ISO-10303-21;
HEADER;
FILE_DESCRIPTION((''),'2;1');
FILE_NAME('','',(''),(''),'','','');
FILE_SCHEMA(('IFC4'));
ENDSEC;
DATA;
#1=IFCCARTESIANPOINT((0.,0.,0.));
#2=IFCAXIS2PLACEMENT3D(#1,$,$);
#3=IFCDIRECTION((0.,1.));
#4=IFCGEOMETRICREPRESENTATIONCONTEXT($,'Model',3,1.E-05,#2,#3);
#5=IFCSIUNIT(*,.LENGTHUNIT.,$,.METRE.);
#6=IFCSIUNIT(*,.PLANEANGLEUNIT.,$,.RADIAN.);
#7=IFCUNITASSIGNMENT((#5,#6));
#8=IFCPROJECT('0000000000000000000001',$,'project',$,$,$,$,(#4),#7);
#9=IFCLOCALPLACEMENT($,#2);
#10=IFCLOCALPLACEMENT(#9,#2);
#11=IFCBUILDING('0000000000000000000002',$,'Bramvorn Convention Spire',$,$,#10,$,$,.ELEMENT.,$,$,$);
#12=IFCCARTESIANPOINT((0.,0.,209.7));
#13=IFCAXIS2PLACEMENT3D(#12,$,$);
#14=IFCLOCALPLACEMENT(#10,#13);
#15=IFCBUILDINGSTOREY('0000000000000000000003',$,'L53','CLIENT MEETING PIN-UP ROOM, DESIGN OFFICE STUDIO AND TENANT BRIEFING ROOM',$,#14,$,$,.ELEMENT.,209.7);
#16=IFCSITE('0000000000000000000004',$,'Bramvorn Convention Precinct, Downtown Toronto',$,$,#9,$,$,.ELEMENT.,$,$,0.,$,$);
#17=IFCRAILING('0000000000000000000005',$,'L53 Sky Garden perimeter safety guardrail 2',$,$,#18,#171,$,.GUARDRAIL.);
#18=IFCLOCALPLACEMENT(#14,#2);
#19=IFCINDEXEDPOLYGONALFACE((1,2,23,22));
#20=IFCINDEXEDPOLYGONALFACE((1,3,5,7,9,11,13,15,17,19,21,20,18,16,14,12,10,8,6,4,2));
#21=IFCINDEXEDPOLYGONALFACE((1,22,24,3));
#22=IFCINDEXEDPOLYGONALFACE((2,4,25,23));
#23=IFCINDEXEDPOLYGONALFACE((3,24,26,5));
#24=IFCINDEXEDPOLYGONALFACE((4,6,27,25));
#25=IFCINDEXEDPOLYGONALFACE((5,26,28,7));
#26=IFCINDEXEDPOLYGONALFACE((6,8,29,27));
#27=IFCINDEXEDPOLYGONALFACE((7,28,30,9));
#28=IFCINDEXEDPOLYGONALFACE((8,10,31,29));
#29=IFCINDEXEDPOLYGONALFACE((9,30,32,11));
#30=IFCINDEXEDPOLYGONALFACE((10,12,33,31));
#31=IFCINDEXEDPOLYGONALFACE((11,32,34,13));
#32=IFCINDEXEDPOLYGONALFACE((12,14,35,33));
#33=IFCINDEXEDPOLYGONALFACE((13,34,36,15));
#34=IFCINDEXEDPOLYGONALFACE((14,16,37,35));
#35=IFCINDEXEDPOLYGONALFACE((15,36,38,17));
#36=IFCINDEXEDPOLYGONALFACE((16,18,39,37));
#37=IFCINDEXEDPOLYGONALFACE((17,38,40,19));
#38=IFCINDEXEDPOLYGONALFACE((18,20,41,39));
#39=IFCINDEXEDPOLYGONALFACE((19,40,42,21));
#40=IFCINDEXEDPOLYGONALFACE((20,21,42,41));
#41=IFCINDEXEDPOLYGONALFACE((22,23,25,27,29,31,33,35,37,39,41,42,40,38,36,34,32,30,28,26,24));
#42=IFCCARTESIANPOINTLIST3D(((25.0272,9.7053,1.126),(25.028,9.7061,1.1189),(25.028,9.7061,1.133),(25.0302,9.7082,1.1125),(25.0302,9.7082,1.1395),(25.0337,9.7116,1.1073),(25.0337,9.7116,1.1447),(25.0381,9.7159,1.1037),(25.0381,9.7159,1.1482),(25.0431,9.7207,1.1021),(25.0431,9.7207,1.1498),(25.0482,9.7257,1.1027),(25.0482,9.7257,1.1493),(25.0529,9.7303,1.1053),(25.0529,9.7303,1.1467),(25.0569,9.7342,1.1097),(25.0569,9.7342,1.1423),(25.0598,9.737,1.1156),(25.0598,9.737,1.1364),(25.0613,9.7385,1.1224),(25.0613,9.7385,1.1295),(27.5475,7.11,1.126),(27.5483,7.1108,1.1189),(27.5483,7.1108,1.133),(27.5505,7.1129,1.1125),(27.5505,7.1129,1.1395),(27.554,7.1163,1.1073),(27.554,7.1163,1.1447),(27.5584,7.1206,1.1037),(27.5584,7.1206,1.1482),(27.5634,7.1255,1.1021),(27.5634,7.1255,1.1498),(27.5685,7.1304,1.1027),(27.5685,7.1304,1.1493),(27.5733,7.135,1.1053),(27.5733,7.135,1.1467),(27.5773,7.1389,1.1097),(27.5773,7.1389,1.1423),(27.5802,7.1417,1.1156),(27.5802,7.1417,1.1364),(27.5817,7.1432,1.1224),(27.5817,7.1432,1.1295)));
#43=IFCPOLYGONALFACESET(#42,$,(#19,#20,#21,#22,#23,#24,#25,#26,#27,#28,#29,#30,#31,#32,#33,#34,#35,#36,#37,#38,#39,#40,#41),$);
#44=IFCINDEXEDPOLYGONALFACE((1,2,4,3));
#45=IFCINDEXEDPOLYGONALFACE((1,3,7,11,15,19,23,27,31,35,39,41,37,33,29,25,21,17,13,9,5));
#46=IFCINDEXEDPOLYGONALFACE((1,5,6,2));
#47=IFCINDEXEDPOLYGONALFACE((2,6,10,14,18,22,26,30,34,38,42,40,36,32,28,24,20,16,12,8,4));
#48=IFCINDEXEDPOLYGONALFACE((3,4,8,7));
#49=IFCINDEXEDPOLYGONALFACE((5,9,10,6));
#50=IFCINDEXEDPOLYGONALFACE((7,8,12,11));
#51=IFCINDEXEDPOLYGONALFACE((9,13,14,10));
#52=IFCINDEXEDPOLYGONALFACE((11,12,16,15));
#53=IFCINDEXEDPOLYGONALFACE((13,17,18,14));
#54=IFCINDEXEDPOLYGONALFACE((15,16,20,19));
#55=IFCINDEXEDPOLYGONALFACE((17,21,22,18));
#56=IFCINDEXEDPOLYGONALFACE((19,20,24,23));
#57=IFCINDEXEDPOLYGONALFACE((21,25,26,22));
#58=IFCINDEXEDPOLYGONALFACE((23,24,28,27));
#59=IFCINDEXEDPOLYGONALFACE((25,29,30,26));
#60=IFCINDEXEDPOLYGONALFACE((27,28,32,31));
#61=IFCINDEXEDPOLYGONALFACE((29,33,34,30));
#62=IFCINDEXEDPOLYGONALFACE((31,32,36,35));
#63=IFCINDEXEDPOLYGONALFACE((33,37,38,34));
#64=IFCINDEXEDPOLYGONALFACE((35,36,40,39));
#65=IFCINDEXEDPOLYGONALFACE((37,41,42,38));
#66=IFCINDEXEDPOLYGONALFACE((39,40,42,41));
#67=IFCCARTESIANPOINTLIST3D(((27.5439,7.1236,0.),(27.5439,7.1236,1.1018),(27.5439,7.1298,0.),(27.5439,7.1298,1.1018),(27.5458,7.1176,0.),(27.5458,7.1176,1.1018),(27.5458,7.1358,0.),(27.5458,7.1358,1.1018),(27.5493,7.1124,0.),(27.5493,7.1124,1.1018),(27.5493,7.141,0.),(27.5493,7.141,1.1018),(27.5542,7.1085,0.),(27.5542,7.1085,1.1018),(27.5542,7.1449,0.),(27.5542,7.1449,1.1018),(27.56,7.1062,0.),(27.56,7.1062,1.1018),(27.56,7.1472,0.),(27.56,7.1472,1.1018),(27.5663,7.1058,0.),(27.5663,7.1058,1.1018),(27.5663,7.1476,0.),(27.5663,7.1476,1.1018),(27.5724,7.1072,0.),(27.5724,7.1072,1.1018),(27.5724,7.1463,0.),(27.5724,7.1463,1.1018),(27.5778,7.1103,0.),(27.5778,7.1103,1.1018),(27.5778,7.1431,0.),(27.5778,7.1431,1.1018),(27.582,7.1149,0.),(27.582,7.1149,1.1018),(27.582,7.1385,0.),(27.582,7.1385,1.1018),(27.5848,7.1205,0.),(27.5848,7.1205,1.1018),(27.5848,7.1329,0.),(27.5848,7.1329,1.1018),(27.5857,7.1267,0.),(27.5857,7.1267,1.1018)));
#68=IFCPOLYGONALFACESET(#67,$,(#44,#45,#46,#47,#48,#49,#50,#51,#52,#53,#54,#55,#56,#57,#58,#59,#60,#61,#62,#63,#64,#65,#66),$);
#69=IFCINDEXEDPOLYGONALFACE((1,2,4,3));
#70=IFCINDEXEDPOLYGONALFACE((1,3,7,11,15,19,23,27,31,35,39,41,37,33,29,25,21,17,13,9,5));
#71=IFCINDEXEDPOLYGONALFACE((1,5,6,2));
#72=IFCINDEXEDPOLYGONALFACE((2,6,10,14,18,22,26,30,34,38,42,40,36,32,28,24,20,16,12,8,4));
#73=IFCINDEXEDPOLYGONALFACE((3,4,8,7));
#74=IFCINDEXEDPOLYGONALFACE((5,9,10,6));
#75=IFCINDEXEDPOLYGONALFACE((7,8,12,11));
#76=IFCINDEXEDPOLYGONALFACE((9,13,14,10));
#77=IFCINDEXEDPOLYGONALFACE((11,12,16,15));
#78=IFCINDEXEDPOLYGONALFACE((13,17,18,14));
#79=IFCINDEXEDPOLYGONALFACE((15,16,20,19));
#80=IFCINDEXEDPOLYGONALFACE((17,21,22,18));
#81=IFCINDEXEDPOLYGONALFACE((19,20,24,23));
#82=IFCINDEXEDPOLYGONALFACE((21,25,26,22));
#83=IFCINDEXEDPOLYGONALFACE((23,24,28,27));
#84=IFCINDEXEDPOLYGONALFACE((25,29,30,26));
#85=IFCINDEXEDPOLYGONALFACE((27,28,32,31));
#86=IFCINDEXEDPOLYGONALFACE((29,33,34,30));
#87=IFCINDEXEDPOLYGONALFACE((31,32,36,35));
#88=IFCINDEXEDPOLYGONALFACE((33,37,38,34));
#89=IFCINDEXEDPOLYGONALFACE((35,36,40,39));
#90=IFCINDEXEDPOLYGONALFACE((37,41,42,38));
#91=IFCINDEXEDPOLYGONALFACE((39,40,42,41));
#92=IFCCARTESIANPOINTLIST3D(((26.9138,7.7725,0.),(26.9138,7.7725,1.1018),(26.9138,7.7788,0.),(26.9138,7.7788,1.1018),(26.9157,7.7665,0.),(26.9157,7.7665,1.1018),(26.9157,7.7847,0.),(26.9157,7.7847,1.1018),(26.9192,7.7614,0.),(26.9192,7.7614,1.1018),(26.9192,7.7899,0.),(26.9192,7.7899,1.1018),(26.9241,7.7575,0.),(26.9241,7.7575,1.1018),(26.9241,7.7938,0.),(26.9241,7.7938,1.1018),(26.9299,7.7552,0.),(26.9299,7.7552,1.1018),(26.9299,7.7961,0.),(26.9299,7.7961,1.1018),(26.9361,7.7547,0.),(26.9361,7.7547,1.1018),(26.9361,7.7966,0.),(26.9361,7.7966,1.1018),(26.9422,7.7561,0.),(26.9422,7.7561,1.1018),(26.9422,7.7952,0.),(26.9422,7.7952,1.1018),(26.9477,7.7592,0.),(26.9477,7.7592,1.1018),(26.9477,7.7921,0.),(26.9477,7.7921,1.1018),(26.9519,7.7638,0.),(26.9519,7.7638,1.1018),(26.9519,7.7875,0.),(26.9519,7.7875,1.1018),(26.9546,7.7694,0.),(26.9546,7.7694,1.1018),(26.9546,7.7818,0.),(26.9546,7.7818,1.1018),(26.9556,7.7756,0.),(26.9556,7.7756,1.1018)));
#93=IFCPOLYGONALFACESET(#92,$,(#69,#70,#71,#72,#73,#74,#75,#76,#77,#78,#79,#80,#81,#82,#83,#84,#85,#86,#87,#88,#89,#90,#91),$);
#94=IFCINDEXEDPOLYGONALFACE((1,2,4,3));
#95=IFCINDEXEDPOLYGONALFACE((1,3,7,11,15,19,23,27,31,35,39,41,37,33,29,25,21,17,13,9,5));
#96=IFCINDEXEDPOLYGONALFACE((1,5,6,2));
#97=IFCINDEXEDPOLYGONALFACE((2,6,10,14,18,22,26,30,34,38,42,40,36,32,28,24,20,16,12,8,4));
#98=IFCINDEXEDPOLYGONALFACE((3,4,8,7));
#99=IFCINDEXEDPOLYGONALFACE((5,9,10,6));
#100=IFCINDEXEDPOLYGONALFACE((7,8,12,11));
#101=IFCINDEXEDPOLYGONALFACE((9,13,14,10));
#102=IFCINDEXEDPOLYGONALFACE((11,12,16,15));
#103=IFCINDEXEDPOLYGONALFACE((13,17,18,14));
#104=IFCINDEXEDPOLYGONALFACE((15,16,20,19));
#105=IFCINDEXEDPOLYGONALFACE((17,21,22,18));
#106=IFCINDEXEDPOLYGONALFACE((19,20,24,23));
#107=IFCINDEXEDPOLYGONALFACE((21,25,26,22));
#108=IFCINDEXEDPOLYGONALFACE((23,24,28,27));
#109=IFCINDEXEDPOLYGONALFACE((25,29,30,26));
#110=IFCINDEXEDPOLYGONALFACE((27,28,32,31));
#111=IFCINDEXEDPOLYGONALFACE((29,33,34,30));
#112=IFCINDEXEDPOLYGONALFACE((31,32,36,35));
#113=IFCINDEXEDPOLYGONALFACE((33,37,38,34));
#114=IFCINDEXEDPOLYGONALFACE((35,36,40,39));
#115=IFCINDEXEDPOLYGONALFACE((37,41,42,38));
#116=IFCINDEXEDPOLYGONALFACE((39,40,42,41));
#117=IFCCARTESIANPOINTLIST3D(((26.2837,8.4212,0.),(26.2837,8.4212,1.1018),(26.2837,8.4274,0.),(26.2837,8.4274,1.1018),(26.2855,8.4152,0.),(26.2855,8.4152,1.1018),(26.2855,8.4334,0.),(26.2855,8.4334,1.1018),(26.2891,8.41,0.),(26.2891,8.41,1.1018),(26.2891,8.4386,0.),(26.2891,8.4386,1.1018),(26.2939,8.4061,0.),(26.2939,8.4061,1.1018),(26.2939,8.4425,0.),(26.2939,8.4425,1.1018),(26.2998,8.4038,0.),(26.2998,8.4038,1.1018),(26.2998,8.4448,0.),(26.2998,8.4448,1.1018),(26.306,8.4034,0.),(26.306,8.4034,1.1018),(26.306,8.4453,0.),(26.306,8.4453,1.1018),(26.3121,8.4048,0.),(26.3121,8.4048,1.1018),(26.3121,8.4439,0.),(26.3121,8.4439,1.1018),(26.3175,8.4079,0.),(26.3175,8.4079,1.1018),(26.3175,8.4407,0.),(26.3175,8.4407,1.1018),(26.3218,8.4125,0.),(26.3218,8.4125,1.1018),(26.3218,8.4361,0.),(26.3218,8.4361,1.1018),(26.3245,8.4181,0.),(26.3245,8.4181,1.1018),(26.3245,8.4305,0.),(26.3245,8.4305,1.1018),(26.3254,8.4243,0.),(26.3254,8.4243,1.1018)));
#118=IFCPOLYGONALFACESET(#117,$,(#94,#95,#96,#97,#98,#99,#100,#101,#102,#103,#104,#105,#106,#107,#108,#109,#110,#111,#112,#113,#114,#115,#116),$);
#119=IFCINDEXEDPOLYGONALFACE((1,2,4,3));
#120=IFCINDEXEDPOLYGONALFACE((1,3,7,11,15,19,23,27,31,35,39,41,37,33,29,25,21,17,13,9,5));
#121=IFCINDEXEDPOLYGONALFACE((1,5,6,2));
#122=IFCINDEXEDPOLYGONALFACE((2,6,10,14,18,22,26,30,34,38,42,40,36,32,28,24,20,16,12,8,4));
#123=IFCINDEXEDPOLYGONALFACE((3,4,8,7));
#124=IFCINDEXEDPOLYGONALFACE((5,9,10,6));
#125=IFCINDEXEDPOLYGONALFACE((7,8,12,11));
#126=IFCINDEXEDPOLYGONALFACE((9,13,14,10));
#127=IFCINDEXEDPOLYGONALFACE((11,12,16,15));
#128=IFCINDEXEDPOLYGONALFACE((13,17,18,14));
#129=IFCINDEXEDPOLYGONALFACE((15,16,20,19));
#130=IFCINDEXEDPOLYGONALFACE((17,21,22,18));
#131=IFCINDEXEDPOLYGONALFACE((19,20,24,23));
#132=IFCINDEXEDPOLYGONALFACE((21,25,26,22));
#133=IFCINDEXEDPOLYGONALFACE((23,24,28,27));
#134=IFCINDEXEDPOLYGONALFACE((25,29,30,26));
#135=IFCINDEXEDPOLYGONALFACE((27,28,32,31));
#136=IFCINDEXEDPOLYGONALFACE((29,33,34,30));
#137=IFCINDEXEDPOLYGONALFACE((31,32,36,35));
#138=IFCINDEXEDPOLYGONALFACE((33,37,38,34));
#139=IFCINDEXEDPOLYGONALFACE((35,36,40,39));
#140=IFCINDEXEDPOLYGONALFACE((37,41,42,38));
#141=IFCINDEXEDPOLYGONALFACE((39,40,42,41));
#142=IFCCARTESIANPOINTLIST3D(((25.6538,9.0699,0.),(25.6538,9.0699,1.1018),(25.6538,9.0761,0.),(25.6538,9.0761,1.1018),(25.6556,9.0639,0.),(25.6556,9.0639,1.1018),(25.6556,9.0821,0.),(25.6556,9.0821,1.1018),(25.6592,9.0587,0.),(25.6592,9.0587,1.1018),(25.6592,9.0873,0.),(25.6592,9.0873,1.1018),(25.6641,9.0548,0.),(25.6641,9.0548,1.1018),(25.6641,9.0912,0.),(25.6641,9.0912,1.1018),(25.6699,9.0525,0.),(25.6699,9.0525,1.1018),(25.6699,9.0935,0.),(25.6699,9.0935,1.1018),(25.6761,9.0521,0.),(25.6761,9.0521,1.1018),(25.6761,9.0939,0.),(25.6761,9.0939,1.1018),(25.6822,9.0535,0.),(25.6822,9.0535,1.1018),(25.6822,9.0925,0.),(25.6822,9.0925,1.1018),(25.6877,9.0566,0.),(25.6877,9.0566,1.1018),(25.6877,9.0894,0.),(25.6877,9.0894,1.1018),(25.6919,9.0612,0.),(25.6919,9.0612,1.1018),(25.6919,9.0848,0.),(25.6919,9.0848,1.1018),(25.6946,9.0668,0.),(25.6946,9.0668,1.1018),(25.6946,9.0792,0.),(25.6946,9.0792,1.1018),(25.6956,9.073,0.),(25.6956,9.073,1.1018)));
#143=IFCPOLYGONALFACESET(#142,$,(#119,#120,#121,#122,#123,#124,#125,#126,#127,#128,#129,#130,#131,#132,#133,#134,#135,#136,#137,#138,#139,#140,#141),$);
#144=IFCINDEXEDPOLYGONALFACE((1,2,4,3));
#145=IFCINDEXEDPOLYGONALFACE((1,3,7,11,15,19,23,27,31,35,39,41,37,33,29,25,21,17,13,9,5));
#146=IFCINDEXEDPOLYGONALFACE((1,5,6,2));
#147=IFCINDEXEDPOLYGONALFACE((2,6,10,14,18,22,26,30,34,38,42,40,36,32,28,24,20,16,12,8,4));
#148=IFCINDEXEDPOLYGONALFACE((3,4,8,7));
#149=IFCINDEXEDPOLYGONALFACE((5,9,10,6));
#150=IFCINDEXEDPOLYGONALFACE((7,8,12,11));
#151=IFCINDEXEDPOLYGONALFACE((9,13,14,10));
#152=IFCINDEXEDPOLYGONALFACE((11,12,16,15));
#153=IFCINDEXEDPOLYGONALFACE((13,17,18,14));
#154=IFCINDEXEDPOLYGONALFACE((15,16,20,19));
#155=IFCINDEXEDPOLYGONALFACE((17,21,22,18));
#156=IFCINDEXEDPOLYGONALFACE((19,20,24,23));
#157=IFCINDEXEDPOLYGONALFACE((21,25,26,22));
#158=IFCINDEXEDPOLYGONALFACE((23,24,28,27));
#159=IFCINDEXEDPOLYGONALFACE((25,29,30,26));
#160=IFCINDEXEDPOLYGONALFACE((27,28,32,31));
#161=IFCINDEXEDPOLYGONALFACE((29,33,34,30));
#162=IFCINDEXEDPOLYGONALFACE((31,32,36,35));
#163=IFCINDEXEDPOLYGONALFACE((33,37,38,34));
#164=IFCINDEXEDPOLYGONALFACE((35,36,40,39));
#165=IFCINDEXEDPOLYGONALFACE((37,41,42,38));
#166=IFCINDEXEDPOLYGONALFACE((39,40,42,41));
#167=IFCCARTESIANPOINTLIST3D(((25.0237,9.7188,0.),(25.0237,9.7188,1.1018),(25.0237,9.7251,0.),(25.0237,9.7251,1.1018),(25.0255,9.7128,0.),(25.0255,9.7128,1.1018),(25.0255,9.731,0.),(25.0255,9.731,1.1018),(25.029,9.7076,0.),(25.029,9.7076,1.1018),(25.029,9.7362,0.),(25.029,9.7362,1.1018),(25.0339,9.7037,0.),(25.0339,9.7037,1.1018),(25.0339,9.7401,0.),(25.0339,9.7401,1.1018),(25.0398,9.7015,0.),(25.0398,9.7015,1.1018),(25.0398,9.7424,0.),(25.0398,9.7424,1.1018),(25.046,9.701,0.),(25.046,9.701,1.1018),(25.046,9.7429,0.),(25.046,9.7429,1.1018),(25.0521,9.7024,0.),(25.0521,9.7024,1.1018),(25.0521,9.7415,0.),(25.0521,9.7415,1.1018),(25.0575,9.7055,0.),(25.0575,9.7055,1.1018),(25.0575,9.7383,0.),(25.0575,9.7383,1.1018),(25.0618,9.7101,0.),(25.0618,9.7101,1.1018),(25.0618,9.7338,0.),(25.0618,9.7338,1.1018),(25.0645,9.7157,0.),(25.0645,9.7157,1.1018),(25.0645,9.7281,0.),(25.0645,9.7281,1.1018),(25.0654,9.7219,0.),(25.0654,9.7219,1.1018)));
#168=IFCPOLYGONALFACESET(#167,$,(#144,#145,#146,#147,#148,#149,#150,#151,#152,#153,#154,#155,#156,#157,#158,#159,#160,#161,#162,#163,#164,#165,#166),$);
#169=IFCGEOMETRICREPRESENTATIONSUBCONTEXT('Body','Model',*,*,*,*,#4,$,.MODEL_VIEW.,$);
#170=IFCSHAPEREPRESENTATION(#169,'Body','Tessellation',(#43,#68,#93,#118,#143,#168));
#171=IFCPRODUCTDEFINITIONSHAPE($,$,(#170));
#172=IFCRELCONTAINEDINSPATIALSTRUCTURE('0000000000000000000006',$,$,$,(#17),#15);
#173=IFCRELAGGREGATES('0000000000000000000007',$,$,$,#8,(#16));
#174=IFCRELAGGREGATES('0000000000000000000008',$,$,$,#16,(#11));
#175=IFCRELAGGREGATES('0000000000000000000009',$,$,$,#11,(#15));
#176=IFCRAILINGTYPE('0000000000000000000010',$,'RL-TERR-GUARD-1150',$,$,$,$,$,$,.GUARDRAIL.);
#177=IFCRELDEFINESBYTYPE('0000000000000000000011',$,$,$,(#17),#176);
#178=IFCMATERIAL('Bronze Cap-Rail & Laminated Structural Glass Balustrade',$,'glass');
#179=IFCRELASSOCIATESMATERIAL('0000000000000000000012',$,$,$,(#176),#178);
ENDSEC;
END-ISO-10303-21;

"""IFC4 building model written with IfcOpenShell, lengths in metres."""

from ifc_helpers import new_model, si_unit, direction, frame, origin, origin_2d, place, context, subcontext, project, spatial, circle, extrude, material, type_object, element, save


model = new_model("IFC4")

# Units and contexts
model_context = context("Model", 3, precision=1e-05, world=origin(), true_north=direction((0.0, 1.0)))
body_context = subcontext(model_context, "Body", "Model", "MODEL_VIEW")
ifc_project = project(units=[si_unit("LENGTHUNIT", "METRE"), si_unit("PLANEANGLEUNIT", "RADIAN")], contexts=[model_context])

# Site, building, storey
site_placement = place(None, origin())
site = spatial("IfcSite", under=ifc_project, at=site_placement, Name="Bramvorn Convention Precinct, Downtown Toronto", CompositionType="ELEMENT", RefElevation=0.0)
building_placement = place(site_placement, origin())
building = spatial("IfcBuilding", under=site, at=building_placement, Name="Bramvorn Convention Spire", CompositionType="ELEMENT")
storey_placement = place(building_placement, frame((0.0, 0.0, 209.7)))
storey = spatial("IfcBuildingStorey", under=building, at=storey_placement, Name="L53", Description="CLIENT MEETING PIN-UP ROOM, DESIGN OFFICE STUDIO AND TENANT BRIEFING ROOM", CompositionType="ELEMENT", Elevation=209.7)

# Railing
ifc_material_1 = material(Name="Bronze Cap-Rail & Laminated Structural Glass Balustrade", Category="glass")
railing_type_1 = type_object("IfcRailingType", Name="RL-TERR-GUARD-1150", PredefinedType="GUARDRAIL", material=ifc_material_1)
railing_1_placement = place(storey_placement, frame((27.5647, 7.1267, 0.0)))
element("IfcRailing", 1, at=railing_1_placement, inside=storey, type_object=railing_type_1, Name="L53 Sky Garden perimeter safety guardrail 2", PredefinedType="GUARDRAIL", context=body_context, shape_type="SweptSolid", body=[
    extrude(circle(Radius=0.0239, at=origin_2d()), frame((0.0, 0.0, 1.126), z_axis=(-0.696672, 0.71739, 0.0), x_axis=(-0.71739, -0.696672, 0.0)), (0.0, 0.0, 1.0), 3.6177),
    extrude(circle(Radius=0.021, at=origin_2d()), origin(), (0.0, 0.0, 1.0), 1.1018),
    extrude(circle(Radius=0.021, at=origin_2d()), frame((-0.6301, 0.6489, 0.0)), (0.0, 0.0, 1.0), 1.1018),
    extrude(circle(Radius=0.021, at=origin_2d()), frame((-1.2603, 1.2976, 0.0)), (0.0, 0.0, 1.0), 1.1018),
    extrude(circle(Radius=0.021, at=origin_2d()), frame((-1.8901, 1.9463, 0.0)), (0.0, 0.0, 1.0), 1.1018),
    extrude(circle(Radius=0.021, at=origin_2d()), frame((-2.5203, 2.5952, 0.0)), (0.0, 0.0, 1.0), 1.1018),
])

save(model, "model.ifc")
